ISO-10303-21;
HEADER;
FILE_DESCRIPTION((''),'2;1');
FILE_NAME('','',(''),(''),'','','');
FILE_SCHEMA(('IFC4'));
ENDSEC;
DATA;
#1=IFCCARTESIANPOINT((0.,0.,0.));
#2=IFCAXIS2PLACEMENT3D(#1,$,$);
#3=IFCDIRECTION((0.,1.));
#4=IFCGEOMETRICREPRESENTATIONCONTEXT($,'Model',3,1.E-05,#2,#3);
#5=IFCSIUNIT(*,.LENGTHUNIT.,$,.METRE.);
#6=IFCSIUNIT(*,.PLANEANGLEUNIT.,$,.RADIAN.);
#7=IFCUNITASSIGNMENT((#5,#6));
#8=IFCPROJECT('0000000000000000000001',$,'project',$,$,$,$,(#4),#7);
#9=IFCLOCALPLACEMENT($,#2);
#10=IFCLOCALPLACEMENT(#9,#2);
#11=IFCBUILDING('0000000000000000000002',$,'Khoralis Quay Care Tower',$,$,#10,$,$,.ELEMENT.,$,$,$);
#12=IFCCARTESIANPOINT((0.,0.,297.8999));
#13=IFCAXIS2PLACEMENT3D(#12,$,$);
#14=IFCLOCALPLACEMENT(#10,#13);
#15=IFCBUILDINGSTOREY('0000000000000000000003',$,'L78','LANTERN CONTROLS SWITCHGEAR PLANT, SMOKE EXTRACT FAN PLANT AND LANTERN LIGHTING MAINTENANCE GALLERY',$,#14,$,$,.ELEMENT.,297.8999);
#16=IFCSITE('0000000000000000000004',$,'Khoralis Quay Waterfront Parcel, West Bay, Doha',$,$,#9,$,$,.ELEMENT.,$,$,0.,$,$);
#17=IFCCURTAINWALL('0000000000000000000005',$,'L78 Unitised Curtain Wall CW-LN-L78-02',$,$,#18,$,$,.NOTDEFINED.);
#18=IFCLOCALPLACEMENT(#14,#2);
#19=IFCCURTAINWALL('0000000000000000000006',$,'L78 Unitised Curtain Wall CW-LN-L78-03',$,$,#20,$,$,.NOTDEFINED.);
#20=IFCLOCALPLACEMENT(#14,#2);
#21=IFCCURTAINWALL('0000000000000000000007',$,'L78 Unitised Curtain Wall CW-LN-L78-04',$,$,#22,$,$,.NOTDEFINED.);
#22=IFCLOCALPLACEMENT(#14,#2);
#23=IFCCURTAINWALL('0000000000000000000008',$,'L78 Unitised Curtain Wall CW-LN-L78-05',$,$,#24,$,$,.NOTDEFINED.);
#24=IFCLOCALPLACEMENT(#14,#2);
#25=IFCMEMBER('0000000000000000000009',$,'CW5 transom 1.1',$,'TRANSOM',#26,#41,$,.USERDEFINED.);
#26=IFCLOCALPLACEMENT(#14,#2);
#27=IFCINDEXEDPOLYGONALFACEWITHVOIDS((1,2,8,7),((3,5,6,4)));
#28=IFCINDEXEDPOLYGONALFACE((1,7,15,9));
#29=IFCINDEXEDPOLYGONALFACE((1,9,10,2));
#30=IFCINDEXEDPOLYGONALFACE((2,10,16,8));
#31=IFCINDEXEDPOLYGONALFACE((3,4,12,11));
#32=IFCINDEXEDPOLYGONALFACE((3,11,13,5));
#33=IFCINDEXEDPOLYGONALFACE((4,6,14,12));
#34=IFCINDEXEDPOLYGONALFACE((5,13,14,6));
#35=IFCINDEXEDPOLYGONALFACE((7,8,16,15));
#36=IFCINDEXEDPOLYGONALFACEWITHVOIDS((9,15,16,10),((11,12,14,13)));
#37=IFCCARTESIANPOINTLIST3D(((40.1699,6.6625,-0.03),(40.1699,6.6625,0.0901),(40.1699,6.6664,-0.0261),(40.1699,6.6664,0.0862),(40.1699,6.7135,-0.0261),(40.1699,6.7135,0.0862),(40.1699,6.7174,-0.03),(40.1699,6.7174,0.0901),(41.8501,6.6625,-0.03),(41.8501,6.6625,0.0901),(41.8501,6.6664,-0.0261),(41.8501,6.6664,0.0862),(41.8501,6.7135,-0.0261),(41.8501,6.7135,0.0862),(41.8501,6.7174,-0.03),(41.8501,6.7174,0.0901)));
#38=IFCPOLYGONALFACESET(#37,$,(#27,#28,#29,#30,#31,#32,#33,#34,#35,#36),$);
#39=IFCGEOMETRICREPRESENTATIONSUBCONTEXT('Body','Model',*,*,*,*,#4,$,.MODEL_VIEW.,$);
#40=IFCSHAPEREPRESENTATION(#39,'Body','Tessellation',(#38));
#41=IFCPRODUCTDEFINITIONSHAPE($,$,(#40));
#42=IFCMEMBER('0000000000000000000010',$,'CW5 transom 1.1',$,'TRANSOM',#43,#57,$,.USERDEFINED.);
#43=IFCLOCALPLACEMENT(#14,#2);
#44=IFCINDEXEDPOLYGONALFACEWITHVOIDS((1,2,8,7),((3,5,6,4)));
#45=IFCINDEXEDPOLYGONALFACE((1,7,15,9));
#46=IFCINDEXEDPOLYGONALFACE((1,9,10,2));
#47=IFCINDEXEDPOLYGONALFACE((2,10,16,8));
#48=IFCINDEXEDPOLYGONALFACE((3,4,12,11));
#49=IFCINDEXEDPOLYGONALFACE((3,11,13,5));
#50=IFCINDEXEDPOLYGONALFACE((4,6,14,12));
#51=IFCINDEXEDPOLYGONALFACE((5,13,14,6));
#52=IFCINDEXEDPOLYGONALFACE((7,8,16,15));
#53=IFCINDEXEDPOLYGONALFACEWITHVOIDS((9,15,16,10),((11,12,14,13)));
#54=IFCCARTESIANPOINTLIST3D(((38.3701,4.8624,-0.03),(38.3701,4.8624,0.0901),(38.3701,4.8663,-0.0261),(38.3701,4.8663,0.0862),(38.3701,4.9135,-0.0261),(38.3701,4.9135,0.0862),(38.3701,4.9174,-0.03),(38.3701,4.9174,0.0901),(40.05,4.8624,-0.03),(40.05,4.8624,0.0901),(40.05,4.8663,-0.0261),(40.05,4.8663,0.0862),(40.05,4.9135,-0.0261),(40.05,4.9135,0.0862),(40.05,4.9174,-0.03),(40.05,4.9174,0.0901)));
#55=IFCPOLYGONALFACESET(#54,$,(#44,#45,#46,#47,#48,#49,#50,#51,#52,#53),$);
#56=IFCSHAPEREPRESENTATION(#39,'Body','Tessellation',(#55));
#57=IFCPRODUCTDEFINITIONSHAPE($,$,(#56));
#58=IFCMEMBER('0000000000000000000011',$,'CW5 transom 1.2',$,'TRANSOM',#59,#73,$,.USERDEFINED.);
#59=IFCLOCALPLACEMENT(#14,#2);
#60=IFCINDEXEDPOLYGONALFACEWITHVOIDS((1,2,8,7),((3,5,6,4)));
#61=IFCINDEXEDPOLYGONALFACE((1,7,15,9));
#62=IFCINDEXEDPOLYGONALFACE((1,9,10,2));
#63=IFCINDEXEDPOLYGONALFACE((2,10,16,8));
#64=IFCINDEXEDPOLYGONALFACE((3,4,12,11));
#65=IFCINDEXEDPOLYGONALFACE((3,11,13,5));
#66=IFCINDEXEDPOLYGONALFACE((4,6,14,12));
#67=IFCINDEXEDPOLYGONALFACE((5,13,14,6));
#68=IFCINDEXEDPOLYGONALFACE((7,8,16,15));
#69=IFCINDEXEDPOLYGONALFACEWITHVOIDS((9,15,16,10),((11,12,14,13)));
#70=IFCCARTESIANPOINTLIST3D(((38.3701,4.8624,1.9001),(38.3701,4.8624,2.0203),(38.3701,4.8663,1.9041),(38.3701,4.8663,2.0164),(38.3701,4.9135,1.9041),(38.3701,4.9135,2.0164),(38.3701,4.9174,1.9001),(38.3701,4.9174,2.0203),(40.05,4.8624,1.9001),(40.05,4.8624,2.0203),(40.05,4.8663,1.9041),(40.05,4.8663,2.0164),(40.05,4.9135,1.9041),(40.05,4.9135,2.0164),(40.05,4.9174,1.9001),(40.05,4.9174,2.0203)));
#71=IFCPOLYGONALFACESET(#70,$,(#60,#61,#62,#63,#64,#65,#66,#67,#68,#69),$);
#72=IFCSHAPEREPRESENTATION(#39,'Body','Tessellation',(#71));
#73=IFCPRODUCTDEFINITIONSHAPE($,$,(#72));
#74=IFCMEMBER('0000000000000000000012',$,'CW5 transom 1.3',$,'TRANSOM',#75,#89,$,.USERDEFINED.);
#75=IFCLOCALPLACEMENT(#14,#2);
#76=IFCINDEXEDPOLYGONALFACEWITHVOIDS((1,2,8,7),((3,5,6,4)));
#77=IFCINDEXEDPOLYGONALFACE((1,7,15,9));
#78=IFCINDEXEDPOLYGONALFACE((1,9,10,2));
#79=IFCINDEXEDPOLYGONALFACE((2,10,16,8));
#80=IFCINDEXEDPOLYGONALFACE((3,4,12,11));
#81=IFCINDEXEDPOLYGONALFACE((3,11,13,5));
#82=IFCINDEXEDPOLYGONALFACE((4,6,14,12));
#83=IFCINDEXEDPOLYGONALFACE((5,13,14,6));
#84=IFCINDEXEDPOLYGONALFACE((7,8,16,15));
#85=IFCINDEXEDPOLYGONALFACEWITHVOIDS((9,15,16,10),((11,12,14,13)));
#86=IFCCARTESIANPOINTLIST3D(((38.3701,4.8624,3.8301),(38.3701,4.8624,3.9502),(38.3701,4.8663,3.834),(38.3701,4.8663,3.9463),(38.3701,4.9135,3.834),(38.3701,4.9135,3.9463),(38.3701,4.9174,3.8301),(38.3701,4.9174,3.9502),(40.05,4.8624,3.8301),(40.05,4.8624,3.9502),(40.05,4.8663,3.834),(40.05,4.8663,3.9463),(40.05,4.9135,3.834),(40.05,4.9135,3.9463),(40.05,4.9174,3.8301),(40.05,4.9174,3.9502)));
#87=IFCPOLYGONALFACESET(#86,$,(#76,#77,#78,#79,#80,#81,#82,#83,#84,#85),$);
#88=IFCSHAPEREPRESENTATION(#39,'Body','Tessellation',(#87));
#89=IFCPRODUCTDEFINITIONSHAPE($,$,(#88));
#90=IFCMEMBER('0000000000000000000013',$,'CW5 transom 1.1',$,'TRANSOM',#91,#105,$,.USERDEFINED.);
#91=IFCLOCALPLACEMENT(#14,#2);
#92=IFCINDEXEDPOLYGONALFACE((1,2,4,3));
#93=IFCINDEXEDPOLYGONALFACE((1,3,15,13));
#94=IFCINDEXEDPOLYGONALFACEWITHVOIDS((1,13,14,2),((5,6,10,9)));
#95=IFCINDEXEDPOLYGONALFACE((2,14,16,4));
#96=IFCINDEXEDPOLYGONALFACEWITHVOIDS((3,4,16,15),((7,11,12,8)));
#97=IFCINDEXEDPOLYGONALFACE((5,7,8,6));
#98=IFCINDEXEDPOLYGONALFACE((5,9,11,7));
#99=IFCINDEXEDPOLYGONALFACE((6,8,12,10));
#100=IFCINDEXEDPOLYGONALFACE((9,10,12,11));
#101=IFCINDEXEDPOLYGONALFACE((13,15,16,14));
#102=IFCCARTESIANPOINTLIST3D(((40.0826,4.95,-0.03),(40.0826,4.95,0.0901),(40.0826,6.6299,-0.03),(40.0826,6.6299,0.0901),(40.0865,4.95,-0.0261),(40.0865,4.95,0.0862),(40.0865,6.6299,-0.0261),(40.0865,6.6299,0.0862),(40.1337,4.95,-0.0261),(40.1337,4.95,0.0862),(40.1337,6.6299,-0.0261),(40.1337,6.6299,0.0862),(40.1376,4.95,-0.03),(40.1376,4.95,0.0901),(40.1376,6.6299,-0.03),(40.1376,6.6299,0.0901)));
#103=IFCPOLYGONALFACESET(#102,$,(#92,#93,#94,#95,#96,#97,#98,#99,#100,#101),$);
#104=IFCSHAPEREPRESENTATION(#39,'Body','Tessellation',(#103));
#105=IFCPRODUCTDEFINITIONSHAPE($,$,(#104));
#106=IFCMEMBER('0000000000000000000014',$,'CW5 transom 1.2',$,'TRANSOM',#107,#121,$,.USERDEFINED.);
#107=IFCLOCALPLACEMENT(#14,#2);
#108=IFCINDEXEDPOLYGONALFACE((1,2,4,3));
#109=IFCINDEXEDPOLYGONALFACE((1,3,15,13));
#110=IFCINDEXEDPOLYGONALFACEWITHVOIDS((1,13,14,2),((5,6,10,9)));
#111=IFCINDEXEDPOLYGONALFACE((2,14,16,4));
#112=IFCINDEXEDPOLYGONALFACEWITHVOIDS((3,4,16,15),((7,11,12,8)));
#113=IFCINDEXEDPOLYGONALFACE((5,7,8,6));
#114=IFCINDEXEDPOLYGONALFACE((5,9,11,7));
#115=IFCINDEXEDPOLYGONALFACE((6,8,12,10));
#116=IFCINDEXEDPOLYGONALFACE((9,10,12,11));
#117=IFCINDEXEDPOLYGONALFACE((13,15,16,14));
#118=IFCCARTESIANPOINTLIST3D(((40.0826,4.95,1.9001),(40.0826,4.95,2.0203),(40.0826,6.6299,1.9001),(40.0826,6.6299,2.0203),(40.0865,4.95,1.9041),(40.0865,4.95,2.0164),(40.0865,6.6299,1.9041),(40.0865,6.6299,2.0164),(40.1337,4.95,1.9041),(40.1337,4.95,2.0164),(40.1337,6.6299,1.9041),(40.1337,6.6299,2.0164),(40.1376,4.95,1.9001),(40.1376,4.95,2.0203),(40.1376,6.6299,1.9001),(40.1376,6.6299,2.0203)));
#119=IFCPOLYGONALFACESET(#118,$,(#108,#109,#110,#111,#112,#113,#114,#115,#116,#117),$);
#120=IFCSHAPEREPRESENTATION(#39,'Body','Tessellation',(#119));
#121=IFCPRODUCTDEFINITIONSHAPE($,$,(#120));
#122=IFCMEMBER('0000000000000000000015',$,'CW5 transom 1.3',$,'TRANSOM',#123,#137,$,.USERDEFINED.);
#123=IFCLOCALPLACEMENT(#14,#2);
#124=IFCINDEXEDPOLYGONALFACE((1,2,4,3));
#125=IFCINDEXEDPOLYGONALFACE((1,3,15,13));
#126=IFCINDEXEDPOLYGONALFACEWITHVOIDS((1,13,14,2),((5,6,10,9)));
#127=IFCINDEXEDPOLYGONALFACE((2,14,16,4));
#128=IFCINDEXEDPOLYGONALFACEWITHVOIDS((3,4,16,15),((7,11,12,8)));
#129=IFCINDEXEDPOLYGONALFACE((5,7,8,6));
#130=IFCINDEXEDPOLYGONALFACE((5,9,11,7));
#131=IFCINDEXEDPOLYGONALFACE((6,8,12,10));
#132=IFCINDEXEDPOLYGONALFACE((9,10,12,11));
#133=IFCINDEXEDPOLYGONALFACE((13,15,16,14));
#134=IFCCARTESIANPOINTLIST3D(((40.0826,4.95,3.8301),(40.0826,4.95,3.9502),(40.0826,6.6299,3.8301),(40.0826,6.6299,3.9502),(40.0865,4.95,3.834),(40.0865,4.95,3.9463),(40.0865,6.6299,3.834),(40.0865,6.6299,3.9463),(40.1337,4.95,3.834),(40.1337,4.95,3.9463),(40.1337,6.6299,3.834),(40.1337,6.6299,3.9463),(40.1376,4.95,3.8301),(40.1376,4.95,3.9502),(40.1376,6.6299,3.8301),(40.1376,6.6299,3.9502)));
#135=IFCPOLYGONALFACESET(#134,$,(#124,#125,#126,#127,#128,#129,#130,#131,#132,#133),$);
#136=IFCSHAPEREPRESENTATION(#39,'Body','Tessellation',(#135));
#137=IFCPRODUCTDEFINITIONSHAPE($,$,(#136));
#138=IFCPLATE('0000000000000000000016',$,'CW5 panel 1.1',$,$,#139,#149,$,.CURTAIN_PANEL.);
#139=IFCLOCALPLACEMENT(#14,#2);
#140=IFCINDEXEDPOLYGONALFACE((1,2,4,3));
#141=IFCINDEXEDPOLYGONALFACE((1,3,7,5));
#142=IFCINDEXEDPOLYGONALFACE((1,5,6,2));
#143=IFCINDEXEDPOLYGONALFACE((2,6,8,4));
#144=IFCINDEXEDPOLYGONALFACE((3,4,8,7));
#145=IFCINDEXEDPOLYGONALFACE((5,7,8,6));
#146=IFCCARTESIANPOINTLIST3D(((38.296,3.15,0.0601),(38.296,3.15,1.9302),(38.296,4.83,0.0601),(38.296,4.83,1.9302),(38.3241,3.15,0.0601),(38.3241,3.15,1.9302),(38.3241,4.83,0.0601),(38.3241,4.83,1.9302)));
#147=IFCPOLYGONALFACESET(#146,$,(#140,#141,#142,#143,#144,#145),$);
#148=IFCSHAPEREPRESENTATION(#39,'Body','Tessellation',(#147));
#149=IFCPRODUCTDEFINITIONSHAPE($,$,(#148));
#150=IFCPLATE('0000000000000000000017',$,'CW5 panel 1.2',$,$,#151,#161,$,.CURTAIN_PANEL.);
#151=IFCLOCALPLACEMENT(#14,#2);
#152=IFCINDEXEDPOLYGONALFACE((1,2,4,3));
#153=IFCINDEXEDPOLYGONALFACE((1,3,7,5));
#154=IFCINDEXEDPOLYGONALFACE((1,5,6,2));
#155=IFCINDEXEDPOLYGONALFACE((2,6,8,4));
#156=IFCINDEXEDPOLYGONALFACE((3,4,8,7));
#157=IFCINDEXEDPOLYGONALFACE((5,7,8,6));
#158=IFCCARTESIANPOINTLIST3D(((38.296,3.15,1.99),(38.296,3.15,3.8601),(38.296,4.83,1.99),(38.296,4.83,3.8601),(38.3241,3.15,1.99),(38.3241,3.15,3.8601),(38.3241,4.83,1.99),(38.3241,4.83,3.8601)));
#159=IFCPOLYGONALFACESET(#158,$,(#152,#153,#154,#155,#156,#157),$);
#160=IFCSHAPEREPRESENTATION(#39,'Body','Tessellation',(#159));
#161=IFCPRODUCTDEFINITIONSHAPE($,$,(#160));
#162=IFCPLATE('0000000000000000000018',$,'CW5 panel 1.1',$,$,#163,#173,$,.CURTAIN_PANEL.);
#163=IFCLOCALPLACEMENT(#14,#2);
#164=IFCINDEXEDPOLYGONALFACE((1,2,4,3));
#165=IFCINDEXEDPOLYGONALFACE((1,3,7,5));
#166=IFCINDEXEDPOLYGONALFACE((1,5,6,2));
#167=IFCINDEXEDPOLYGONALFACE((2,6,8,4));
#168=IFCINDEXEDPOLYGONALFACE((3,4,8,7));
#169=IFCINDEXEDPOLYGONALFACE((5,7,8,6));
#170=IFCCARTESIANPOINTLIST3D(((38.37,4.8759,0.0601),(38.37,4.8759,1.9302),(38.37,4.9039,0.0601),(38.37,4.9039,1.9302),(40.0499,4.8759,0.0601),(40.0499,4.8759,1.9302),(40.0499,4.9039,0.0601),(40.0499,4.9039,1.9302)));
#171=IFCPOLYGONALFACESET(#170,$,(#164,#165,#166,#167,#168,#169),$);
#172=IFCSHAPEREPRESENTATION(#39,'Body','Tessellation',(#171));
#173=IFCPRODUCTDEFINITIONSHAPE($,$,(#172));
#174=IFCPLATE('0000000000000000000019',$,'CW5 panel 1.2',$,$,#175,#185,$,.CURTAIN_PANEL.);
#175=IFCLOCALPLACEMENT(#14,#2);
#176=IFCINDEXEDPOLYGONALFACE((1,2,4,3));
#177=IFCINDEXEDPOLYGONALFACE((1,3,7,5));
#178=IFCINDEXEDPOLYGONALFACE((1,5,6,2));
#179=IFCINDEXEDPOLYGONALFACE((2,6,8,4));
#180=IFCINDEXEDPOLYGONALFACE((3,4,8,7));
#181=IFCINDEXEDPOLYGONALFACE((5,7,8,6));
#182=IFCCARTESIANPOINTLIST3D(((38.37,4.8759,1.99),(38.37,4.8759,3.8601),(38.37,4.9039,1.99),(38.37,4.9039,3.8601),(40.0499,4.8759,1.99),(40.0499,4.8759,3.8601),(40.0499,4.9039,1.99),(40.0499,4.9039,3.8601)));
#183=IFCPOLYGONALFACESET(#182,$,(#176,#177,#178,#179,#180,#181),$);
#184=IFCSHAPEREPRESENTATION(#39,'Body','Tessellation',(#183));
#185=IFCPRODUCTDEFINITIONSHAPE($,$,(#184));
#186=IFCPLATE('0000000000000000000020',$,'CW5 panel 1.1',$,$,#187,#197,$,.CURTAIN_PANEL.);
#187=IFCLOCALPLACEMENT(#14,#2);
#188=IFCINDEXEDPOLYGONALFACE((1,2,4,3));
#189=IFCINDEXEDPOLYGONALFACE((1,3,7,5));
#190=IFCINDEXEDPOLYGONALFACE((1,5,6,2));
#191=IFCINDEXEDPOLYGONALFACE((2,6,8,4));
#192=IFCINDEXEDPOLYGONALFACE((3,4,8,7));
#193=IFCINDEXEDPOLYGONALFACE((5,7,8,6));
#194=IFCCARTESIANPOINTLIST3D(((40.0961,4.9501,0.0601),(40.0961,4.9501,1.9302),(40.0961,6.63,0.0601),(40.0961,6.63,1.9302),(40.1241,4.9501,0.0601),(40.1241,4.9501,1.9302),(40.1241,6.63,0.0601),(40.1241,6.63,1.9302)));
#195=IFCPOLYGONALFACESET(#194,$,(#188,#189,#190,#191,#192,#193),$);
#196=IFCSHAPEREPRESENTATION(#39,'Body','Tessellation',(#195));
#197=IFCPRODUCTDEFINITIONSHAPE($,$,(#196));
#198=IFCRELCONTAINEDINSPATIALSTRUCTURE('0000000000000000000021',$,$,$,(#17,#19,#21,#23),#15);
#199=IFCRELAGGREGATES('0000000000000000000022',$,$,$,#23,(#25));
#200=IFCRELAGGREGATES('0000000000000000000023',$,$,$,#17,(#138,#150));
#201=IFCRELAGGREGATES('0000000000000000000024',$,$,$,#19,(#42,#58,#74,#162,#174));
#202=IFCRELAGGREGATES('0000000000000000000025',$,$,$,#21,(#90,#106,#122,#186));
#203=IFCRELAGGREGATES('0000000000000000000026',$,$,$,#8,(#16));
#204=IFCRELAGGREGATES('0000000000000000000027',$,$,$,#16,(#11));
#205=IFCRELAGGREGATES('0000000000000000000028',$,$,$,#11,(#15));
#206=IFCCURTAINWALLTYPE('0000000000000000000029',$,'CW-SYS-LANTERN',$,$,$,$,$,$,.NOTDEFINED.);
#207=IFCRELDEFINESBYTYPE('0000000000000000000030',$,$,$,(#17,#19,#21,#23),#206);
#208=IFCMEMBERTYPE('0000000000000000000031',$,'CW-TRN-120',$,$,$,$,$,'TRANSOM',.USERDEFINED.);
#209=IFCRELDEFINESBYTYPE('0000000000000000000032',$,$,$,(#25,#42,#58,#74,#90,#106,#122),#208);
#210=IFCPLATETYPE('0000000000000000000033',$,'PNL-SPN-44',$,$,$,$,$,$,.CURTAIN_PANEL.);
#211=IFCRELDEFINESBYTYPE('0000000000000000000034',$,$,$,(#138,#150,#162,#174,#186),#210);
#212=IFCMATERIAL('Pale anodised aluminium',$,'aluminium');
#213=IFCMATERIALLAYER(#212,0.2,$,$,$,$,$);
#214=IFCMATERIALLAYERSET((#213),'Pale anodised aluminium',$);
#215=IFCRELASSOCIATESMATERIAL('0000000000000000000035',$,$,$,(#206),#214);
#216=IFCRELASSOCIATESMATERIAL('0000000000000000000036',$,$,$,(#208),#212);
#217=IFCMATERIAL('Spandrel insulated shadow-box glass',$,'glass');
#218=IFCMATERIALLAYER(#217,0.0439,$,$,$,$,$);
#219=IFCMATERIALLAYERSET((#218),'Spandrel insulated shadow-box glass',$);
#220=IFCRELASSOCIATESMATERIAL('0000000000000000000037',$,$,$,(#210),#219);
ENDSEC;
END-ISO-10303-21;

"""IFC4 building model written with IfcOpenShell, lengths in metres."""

from ifc_helpers import new_model, si_unit, direction, frame, origin, origin_2d, place, context, subcontext, project, spatial, rectangle, hollow_rectangle, extrude, source, transform, mapped, material, layer, layer_set, material_profile, profile_set, type_object, element, aggregate, save


model = new_model("IFC4")

# Units and contexts
model_context = context("Model", 3, precision=1e-05, world=origin(), true_north=direction((0.0, 1.0)))
body_context = subcontext(model_context, "Body", "Model", "MODEL_VIEW")
ifc_project = project(units=[si_unit("LENGTHUNIT", "METRE"), si_unit("PLANEANGLEUNIT", "RADIAN")], contexts=[model_context])

# Site, building, storey
site_placement = place(None, origin())
site = spatial("IfcSite", under=ifc_project, at=site_placement, Name="Khoralis Quay Waterfront Parcel, West Bay, Doha", CompositionType="ELEMENT", RefElevation=0.0)
building_placement = place(site_placement, origin())
building = spatial("IfcBuilding", under=site, at=building_placement, Name="Khoralis Quay Care Tower", CompositionType="ELEMENT")
storey_placement = place(building_placement, frame((0.0, 0.0, 297.8999)))
storey = spatial("IfcBuildingStorey", under=building, at=storey_placement, Name="L78", Description="LANTERN CONTROLS SWITCHGEAR PLANT, SMOKE EXTRACT FAN PLANT AND LANTERN LIGHTING MAINTENANCE GALLERY", CompositionType="ELEMENT", Elevation=297.8999)

# Shared definitions
ifc_material_1 = material(Name="Pale anodised aluminium", Category="aluminium")
ifc_layer_1 = layer(ifc_material_1, 0.2)
ifc_layer_set_1 = layer_set([ifc_layer_1], Name="Pale anodised aluminium")
curtain_wall_type = type_object("IfcCurtainWallType", Name="CW-SYS-LANTERN", PredefinedType="NOTDEFINED", material=ifc_layer_set_1)

# Curtain walls
curtain_wall_1_placement = place(storey_placement, origin())
curtain_wall_1 = element("IfcCurtainWall", 1, at=curtain_wall_1_placement, inside=storey, type_object=curtain_wall_type, Name="L78 Unitised Curtain Wall CW-LN-L78-02", PredefinedType="NOTDEFINED")
curtain_wall_2_placement = place(storey_placement, origin())
curtain_wall_2 = element("IfcCurtainWall", 2, at=curtain_wall_2_placement, inside=storey, type_object=curtain_wall_type, Name="L78 Unitised Curtain Wall CW-LN-L78-03", PredefinedType="NOTDEFINED")
curtain_wall_3_placement = place(storey_placement, origin())
curtain_wall_3 = element("IfcCurtainWall", 3, at=curtain_wall_3_placement, inside=storey, type_object=curtain_wall_type, Name="L78 Unitised Curtain Wall CW-LN-L78-04", PredefinedType="NOTDEFINED")

# Curtain wall
curtain_wall_4_placement = place(storey_placement, origin())
curtain_wall_4 = element("IfcCurtainWall", 4, at=curtain_wall_4_placement, inside=storey, type_object=curtain_wall_type, Name="L78 Unitised Curtain Wall CW-LN-L78-05", PredefinedType="NOTDEFINED")

# Members
ifc_material_profile_1 = material_profile(ifc_material_1, hollow_rectangle(XDim=0.0549, YDim=0.1201, WallThickness=0.0039, at=origin_2d()), Name="Pale anodised aluminium")
ifc_profile_set_1 = profile_set([ifc_material_profile_1], Name="Pale anodised aluminium")
member_type_1 = type_object("IfcMemberType", Name="CW-TRN-120", ElementType="TRANSOM", PredefinedType="USERDEFINED", material=ifc_profile_set_1)
shared_shape_1 = source(origin(), body_context, "Body", "SweptSolid", [
    extrude(hollow_rectangle(XDim=0.0549, YDim=0.1201, WallThickness=0.0039, at=origin_2d()), origin(), (0.0, 0.0, 1.0), 1.6802),
])
member_1_placement = place(storey_placement, frame((40.1699, 6.6899, 0.03), z_axis=(1.0, 0.0, 0.0), x_axis=(0.0, 1.0, 0.0)))
member_1 = element("IfcMember", 5, at=member_1_placement, type_object=member_type_1, Name="CW5 transom 1.1", ObjectType="TRANSOM", PredefinedType="USERDEFINED", context=body_context, shape_type="MappedRepresentation", body=[
    mapped(shared_shape_1, transform((0.0, 0.0, 0.0), scale=1.0)),
])
aggregate(curtain_wall_4, [member_1])
shared_shape_2 = source(origin(), body_context, "Body", "SweptSolid", [
    extrude(hollow_rectangle(XDim=0.0549, YDim=0.1201, WallThickness=0.0039, at=origin_2d()), origin(), (0.0, 0.0, 1.0), 1.6799),
])
member_2_placement = place(storey_placement, frame((38.3701, 4.8899, 0.03), z_axis=(1.0, 0.0, 0.0), x_axis=(0.0, 1.0, 0.0)))
member_2 = element("IfcMember", 6, at=member_2_placement, type_object=member_type_1, Name="CW5 transom 1.1", ObjectType="TRANSOM", PredefinedType="USERDEFINED", context=body_context, shape_type="MappedRepresentation", body=[
    mapped(shared_shape_2, transform((0.0, 0.0, 0.0), scale=1.0)),
])
member_3_placement = place(storey_placement, frame((38.3701, 4.8899, 1.9602), z_axis=(1.0, 0.0, 0.0), x_axis=(0.0, 1.0, 0.0)))
member_3 = element("IfcMember", 7, at=member_3_placement, type_object=member_type_1, Name="CW5 transom 1.2", ObjectType="TRANSOM", PredefinedType="USERDEFINED", context=body_context, shape_type="MappedRepresentation", body=[
    mapped(shared_shape_2, transform((0.0, 0.0, 0.0), scale=1.0)),
])
member_4_placement = place(storey_placement, frame((38.3701, 4.8899, 3.8901), z_axis=(1.0, 0.0, 0.0), x_axis=(0.0, 1.0, 0.0)))
member_4 = element("IfcMember", 8, at=member_4_placement, type_object=member_type_1, Name="CW5 transom 1.3", ObjectType="TRANSOM", PredefinedType="USERDEFINED", context=body_context, shape_type="MappedRepresentation", body=[
    mapped(shared_shape_2, transform((0.0, 0.0, 0.0), scale=1.0)),
])
member_5_placement = place(storey_placement, frame((40.1101, 4.95, 0.03), z_axis=(0.0, 1.0, 0.0), x_axis=(-1.0, 0.0, 0.0)))
member_5 = element("IfcMember", 9, at=member_5_placement, type_object=member_type_1, Name="CW5 transom 1.1", ObjectType="TRANSOM", PredefinedType="USERDEFINED", context=body_context, shape_type="MappedRepresentation", body=[
    mapped(shared_shape_2, transform((0.0, 0.0, 0.0), scale=1.0)),
])
member_6_placement = place(storey_placement, frame((40.1101, 4.95, 1.9602), z_axis=(0.0, 1.0, 0.0), x_axis=(-1.0, 0.0, 0.0)))
member_6 = element("IfcMember", 10, at=member_6_placement, type_object=member_type_1, Name="CW5 transom 1.2", ObjectType="TRANSOM", PredefinedType="USERDEFINED", context=body_context, shape_type="MappedRepresentation", body=[
    mapped(shared_shape_2, transform((0.0, 0.0, 0.0), scale=1.0)),
])
member_7_placement = place(storey_placement, frame((40.1101, 4.95, 3.8901), z_axis=(0.0, 1.0, 0.0), x_axis=(-1.0, 0.0, 0.0)))
member_7 = element("IfcMember", 11, at=member_7_placement, type_object=member_type_1, Name="CW5 transom 1.3", ObjectType="TRANSOM", PredefinedType="USERDEFINED", context=body_context, shape_type="MappedRepresentation", body=[
    mapped(shared_shape_2, transform((0.0, 0.0, 0.0), scale=1.0)),
])

# Plates
ifc_material_2 = material(Name="Spandrel insulated shadow-box glass", Category="glass")
ifc_layer_2 = layer(ifc_material_2, 0.0439)
ifc_layer_set_2 = layer_set([ifc_layer_2], Name="Spandrel insulated shadow-box glass")
plate_type = type_object("IfcPlateType", Name="PNL-SPN-44", PredefinedType="CURTAIN_PANEL", material=ifc_layer_set_2)
shared_shape_3 = source(origin(), body_context, "Body", "SweptSolid", [
    extrude(rectangle(XDim=1.6799, YDim=0.0281, at=origin_2d()), origin(), (0.0, 0.0, 1.0), 1.8701),
])
plate_1_placement = place(storey_placement, frame((38.3101, 3.99, 0.0601), z_axis=(0.0, 0.0, 1.0), x_axis=(0.0, 1.0, 0.0)))
plate_1 = element("IfcPlate", 12, at=plate_1_placement, type_object=plate_type, Name="CW5 panel 1.1", PredefinedType="CURTAIN_PANEL", context=body_context, shape_type="MappedRepresentation", body=[
    mapped(shared_shape_3, transform((0.0, 0.0, 0.0), scale=1.0)),
])
plate_2_placement = place(storey_placement, frame((38.3101, 3.99, 1.99), z_axis=(0.0, 0.0, 1.0), x_axis=(0.0, 1.0, 0.0)))
plate_2 = element("IfcPlate", 13, at=plate_2_placement, type_object=plate_type, Name="CW5 panel 1.2", PredefinedType="CURTAIN_PANEL", context=body_context, shape_type="MappedRepresentation", body=[
    mapped(shared_shape_3, transform((0.0, 0.0, 0.0), scale=1.0)),
])
aggregate(curtain_wall_1, [plate_1, plate_2])
plate_3_placement = place(storey_placement, frame((39.21, 4.8899, 0.0601), z_axis=(0.0, 0.0, 1.0), x_axis=(1.0, 0.0, 0.0)))
plate_3 = element("IfcPlate", 14, at=plate_3_placement, type_object=plate_type, Name="CW5 panel 1.1", PredefinedType="CURTAIN_PANEL", context=body_context, shape_type="MappedRepresentation", body=[
    mapped(shared_shape_3, transform((0.0, 0.0, 0.0), scale=1.0)),
])
plate_4_placement = place(storey_placement, frame((39.21, 4.8899, 1.99), z_axis=(0.0, 0.0, 1.0), x_axis=(1.0, 0.0, 0.0)))
plate_4 = element("IfcPlate", 15, at=plate_4_placement, type_object=plate_type, Name="CW5 panel 1.2", PredefinedType="CURTAIN_PANEL", context=body_context, shape_type="MappedRepresentation", body=[
    mapped(shared_shape_3, transform((0.0, 0.0, 0.0), scale=1.0)),
])
aggregate(curtain_wall_2, [member_2, member_3, member_4, plate_3, plate_4])
plate_5_placement = place(storey_placement, frame((40.1101, 5.79, 0.0601), z_axis=(0.0, 0.0, 1.0), x_axis=(0.0, 1.0, 0.0)))
plate_5 = element("IfcPlate", 16, at=plate_5_placement, type_object=plate_type, Name="CW5 panel 1.1", PredefinedType="CURTAIN_PANEL", context=body_context, shape_type="MappedRepresentation", body=[
    mapped(shared_shape_3, transform((0.0, 0.0, 0.0), scale=1.0)),
])
aggregate(curtain_wall_3, [member_5, member_6, member_7, plate_5])

save(model, "model.ifc")
